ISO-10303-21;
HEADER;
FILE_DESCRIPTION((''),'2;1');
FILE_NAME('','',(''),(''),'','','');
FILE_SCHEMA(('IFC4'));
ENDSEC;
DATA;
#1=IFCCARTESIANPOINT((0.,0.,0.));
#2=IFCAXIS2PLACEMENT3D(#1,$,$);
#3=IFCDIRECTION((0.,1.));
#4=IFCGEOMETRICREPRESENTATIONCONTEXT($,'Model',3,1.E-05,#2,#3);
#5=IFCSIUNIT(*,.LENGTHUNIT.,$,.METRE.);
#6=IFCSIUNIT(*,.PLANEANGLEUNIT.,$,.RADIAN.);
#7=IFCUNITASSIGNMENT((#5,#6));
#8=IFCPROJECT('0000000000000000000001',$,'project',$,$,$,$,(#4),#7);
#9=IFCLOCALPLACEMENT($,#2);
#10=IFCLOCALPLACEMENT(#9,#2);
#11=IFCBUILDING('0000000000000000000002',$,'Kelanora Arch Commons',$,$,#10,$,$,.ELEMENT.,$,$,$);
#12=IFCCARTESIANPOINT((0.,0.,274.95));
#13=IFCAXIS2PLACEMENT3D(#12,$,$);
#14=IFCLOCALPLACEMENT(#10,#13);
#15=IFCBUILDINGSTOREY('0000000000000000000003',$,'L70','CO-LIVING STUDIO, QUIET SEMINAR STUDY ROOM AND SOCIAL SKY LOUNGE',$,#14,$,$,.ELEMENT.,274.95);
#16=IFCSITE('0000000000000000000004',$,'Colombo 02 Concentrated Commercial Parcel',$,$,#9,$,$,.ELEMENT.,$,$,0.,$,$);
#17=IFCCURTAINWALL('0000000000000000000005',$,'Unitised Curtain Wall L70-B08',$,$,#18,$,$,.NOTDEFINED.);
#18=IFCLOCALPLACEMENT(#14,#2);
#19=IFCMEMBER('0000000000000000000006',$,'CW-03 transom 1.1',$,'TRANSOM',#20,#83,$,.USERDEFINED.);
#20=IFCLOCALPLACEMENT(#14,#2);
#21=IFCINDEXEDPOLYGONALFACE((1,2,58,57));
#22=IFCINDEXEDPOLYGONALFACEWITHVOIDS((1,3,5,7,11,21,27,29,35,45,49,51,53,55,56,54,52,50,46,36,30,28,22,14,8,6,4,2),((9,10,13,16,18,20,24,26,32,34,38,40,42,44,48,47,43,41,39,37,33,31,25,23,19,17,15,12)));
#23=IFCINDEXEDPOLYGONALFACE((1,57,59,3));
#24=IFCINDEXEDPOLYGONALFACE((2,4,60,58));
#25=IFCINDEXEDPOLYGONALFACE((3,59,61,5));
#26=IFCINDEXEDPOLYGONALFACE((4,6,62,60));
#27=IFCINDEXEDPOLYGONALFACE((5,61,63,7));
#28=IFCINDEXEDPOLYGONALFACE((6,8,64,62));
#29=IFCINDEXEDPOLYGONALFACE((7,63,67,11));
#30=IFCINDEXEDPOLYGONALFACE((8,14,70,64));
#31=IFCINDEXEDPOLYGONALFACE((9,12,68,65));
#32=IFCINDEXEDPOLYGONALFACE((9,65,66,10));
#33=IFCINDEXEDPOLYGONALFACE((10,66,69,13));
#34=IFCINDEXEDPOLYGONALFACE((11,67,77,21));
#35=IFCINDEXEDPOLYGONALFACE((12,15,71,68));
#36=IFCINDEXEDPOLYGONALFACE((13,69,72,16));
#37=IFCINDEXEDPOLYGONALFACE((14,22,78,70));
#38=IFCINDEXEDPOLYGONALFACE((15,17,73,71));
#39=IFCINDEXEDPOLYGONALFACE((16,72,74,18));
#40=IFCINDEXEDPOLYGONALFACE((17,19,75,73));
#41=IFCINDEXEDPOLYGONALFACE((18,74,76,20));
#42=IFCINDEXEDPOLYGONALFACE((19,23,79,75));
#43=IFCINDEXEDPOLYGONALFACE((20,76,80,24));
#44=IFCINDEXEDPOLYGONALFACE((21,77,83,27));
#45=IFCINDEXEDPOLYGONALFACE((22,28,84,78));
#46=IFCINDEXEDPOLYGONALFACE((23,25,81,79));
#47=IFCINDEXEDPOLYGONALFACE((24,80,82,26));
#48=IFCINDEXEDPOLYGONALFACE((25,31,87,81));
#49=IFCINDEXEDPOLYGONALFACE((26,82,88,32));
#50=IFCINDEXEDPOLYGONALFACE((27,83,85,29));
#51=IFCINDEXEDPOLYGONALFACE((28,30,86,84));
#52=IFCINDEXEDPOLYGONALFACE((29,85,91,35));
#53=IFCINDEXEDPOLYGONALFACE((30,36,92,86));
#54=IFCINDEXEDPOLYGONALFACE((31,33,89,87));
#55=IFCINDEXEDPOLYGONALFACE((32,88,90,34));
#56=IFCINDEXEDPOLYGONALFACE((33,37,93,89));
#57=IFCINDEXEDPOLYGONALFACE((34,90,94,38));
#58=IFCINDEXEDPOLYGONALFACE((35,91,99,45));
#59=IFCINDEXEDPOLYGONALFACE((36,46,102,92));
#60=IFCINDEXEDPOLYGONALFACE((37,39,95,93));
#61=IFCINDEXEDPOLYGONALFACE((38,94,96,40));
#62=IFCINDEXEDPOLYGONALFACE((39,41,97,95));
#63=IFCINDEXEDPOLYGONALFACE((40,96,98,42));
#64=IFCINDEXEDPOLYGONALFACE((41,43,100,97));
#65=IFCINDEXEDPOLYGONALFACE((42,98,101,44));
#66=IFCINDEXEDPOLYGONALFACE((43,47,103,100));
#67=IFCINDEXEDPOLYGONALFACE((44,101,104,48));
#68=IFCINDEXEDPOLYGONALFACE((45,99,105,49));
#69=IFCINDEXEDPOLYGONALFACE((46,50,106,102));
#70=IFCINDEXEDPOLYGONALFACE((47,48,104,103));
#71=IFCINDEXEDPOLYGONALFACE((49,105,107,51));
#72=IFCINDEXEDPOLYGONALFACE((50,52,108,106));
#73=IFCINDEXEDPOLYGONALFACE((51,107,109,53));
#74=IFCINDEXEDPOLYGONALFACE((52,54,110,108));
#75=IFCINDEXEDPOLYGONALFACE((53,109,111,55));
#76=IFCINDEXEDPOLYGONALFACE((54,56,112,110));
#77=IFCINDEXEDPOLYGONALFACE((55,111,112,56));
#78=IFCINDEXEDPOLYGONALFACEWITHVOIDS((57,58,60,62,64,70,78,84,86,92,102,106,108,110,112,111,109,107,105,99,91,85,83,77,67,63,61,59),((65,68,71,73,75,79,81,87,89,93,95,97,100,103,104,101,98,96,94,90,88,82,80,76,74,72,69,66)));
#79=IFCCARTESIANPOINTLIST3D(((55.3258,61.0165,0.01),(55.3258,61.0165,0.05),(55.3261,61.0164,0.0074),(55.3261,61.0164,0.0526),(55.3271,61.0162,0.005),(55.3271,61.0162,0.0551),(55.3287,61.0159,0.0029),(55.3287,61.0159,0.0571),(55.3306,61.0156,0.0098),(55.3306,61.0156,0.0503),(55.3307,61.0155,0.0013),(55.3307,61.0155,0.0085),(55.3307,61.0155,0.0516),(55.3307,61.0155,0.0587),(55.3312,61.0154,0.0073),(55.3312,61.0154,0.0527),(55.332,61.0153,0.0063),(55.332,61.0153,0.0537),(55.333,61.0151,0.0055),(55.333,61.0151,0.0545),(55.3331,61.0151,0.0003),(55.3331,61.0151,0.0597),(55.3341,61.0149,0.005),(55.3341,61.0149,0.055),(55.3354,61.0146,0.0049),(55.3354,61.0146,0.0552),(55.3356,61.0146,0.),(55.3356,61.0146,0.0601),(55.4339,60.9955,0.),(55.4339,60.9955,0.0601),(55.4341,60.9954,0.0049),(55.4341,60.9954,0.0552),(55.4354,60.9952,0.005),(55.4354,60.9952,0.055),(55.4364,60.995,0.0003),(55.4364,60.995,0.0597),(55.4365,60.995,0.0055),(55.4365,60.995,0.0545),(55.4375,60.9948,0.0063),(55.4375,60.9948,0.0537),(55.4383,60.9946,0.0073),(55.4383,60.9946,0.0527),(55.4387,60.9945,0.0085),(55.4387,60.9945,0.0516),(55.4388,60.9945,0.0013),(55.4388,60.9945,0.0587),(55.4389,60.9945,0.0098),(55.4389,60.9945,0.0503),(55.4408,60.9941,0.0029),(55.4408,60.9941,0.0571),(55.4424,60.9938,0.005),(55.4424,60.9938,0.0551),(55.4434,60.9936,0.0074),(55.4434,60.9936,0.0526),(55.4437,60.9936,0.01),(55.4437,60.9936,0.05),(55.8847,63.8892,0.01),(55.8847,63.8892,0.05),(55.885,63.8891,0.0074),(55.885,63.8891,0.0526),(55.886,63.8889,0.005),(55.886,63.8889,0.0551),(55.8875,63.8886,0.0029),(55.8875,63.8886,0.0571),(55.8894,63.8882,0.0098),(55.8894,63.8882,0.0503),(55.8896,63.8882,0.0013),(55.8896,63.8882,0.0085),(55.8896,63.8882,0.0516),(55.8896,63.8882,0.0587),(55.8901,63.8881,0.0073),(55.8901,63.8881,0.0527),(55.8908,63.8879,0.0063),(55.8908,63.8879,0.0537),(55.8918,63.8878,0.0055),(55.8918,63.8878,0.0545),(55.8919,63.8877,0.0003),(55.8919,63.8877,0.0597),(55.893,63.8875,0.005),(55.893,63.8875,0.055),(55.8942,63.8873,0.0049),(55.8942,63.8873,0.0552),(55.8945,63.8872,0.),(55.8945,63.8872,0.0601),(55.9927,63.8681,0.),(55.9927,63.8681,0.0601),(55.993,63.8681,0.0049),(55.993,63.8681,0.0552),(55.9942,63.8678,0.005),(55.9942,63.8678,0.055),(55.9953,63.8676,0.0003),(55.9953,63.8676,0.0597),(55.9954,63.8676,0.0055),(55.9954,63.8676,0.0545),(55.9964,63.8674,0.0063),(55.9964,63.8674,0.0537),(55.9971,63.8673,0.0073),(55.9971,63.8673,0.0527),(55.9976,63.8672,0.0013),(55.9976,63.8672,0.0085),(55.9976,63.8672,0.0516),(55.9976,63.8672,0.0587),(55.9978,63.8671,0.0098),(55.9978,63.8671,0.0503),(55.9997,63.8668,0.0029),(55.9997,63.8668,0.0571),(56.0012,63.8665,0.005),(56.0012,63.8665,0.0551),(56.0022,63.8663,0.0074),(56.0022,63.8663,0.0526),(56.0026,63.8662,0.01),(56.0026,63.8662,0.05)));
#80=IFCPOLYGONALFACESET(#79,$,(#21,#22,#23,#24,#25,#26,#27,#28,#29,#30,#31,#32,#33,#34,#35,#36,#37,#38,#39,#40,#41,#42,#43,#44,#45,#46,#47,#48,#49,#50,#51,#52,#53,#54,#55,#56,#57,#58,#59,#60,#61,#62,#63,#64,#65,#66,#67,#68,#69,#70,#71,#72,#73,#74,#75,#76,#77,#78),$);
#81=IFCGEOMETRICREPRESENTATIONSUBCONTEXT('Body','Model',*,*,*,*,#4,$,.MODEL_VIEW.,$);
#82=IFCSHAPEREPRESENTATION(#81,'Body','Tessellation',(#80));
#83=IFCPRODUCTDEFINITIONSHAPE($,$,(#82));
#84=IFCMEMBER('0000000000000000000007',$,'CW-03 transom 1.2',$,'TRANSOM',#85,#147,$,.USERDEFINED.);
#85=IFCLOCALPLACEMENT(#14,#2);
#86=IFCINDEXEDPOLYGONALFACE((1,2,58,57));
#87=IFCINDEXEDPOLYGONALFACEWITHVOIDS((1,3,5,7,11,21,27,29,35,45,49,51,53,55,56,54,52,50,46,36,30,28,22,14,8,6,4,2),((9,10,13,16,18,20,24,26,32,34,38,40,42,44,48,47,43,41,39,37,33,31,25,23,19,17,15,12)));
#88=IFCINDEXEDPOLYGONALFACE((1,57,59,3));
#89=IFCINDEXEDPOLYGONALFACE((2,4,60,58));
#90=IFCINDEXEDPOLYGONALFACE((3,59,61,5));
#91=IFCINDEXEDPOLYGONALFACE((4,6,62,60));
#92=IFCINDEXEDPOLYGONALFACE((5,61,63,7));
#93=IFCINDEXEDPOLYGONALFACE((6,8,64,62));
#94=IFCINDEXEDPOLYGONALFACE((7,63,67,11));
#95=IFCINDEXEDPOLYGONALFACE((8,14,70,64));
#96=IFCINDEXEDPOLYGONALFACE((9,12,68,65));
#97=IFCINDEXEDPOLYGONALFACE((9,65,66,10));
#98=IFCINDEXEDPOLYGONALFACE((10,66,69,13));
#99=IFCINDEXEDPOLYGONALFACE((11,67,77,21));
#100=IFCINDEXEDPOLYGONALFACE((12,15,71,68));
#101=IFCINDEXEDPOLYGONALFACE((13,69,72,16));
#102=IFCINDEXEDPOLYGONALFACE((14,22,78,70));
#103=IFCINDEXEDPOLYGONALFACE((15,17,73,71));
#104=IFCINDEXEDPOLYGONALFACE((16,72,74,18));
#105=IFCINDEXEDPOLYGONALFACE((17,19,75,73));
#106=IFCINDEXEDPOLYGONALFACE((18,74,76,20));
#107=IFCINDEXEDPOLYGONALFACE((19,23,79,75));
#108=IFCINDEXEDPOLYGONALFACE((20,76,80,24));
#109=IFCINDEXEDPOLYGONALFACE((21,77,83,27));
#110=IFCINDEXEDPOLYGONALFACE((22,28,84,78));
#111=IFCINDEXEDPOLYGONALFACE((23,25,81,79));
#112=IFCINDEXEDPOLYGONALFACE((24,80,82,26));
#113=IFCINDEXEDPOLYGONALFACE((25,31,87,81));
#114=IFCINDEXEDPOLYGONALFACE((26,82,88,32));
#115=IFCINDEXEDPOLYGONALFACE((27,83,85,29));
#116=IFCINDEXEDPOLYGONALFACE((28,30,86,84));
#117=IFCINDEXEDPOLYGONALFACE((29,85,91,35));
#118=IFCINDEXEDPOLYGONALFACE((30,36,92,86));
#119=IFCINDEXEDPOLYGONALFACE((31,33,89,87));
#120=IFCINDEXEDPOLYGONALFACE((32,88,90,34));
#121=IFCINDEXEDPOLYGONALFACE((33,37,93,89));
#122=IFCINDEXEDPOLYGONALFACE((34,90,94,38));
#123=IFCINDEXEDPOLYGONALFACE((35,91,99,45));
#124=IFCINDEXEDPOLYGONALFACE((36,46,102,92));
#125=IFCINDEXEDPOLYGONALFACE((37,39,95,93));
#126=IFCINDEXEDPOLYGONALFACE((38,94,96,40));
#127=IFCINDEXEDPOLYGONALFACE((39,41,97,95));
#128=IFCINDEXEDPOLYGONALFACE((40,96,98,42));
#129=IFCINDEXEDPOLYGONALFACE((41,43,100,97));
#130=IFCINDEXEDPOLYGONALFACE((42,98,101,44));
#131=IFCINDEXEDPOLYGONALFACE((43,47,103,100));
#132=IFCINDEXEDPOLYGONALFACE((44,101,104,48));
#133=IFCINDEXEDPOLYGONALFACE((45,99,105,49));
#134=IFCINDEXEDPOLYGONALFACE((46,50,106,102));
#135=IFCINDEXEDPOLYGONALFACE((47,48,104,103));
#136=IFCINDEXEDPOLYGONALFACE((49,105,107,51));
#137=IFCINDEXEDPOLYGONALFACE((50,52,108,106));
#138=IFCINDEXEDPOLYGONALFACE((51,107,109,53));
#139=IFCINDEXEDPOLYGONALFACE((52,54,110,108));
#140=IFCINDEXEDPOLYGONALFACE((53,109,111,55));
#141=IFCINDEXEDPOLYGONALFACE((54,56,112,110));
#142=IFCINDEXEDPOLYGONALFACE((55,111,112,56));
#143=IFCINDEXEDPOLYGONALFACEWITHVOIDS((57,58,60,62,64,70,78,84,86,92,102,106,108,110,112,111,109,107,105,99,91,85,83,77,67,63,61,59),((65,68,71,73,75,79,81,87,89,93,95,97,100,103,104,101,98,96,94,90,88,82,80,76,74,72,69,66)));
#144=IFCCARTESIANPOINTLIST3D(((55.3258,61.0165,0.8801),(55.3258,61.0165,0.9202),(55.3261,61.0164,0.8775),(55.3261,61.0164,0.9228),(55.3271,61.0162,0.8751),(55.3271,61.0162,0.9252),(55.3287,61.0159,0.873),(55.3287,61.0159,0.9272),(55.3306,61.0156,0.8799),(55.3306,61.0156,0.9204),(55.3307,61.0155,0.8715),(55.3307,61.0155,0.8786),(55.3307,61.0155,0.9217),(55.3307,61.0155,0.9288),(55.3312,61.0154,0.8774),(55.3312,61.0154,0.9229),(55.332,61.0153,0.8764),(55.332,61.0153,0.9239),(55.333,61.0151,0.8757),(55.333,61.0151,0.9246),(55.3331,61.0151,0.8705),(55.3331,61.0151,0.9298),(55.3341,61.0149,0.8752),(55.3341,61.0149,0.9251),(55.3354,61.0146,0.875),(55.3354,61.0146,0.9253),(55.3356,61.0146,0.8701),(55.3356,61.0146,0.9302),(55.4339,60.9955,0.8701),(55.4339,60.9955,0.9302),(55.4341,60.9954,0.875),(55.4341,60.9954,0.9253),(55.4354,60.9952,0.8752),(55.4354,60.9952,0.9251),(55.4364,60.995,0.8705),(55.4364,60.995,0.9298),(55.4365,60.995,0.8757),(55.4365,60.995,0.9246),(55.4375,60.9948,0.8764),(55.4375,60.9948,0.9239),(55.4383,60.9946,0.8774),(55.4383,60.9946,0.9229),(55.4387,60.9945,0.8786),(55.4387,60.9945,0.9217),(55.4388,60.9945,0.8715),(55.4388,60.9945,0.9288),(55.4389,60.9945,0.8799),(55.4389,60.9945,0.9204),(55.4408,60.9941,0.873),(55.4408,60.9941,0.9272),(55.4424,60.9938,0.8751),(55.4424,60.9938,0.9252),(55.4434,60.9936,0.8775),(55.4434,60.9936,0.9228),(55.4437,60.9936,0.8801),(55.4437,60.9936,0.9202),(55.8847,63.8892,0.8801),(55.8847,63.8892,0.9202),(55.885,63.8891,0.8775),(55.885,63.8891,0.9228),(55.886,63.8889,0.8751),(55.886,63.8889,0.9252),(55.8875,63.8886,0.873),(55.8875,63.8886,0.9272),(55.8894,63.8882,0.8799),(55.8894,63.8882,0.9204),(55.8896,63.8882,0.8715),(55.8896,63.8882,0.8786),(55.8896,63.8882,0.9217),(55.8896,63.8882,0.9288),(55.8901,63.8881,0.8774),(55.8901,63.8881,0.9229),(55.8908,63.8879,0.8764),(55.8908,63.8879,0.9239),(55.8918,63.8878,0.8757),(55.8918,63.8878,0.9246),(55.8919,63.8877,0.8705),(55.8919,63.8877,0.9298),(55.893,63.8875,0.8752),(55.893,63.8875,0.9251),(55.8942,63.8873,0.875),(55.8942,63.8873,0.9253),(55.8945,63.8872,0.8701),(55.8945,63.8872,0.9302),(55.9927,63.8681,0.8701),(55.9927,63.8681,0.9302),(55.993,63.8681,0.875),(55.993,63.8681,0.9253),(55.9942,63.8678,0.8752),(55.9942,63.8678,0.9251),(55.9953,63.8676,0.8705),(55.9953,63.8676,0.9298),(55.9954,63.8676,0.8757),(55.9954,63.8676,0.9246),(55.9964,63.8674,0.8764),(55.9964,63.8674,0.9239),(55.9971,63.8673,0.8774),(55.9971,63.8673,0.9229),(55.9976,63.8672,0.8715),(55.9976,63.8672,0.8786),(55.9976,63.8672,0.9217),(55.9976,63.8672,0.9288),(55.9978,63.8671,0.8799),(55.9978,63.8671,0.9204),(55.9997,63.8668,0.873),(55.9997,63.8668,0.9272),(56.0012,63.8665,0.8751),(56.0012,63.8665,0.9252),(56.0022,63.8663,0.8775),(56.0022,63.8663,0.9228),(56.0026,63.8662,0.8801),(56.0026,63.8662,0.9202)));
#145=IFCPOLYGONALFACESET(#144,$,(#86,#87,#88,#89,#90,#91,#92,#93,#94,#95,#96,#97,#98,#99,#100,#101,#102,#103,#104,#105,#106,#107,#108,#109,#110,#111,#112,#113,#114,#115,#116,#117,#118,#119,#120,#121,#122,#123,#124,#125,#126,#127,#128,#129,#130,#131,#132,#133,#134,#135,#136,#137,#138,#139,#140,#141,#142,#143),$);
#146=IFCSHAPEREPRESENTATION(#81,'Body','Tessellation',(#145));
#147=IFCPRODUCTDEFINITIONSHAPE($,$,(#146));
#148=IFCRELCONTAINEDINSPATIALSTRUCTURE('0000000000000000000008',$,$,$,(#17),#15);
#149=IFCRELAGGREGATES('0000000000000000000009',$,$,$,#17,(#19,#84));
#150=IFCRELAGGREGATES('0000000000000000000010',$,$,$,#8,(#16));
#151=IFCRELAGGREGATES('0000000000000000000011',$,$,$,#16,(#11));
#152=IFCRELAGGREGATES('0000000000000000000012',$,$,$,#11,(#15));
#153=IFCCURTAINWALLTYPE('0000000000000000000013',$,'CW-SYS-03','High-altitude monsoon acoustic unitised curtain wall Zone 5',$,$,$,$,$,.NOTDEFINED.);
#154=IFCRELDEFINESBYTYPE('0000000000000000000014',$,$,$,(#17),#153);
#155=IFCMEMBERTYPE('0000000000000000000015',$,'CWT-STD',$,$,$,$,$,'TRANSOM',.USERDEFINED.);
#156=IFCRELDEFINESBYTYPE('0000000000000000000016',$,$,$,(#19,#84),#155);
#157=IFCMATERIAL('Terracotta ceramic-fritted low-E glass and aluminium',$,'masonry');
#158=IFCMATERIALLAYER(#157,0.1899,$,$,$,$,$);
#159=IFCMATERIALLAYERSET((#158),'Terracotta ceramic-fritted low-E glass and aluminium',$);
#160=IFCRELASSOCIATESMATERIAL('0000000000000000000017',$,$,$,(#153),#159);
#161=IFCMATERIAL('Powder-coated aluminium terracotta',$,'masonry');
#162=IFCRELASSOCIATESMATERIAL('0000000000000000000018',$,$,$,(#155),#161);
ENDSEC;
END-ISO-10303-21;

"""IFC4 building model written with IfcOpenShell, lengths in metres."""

from ifc_helpers import new_model, si_unit, direction, frame, origin, origin_2d, place, context, subcontext, project, spatial, hollow_rectangle, extrude, material, layer, layer_set, material_profile, profile_set, type_object, element, aggregate, save


model = new_model("IFC4")

# Units and contexts
model_context = context("Model", 3, precision=1e-05, world=origin(), true_north=direction((0.0, 1.0)))
body_context = subcontext(model_context, "Body", "Model", "MODEL_VIEW")
ifc_project = project(units=[si_unit("LENGTHUNIT", "METRE"), si_unit("PLANEANGLEUNIT", "RADIAN")], contexts=[model_context])

# Site, building, storey
site_placement = place(None, origin())
site = spatial("IfcSite", under=ifc_project, at=site_placement, Name="Colombo 02 Concentrated Commercial Parcel", CompositionType="ELEMENT", RefElevation=0.0)
building_placement = place(site_placement, origin())
building = spatial("IfcBuilding", under=site, at=building_placement, Name="Kelanora Arch Commons", CompositionType="ELEMENT")
storey_placement = place(building_placement, frame((0.0, 0.0, 274.95)))
storey = spatial("IfcBuildingStorey", under=building, at=storey_placement, Name="L70", Description="CO-LIVING STUDIO, QUIET SEMINAR STUDY ROOM AND SOCIAL SKY LOUNGE", CompositionType="ELEMENT", Elevation=274.95)

# Curtain wall, members
ifc_material_1 = material(Name="Terracotta ceramic-fritted low-E glass and aluminium", Category="masonry")
ifc_layer_1 = layer(ifc_material_1, 0.1899)
ifc_layer_set_1 = layer_set([ifc_layer_1], Name="Terracotta ceramic-fritted low-E glass and aluminium")
curtain_wall_type = type_object("IfcCurtainWallType", Name="CW-SYS-03", Description="High-altitude monsoon acoustic unitised curtain wall Zone 5", PredefinedType="NOTDEFINED", material=ifc_layer_set_1)
curtain_wall_placement = place(storey_placement, origin())
curtain_wall = element("IfcCurtainWall", 1, at=curtain_wall_placement, inside=storey, type_object=curtain_wall_type, Name="Unitised Curtain Wall L70-B08", PredefinedType="NOTDEFINED")
ifc_material_2 = material(Name="Powder-coated aluminium terracotta", Category="masonry")
ifc_material_profile_1 = material_profile(ifc_material_2, hollow_rectangle(XDim=0.1201, YDim=0.0601, WallThickness=0.0049, InnerFilletRadius=0.0049, OuterFilletRadius=0.01, at=origin_2d()), Name="CWT120x60")
ifc_profile_set_1 = profile_set([ifc_material_profile_1], Name="Powder-coated aluminium terracotta")
member_type_1 = type_object("IfcMemberType", Name="CWT-STD", ElementType="TRANSOM", PredefinedType="USERDEFINED", material=ifc_profile_set_1)
member_1_placement = place(storey_placement, frame((55.9436, 63.8777, 0.03), z_axis=(-0.190963, -0.981597, 0.0), x_axis=(0.981597, -0.190963, 0.0)))
member_1 = element("IfcMember", 2, at=member_1_placement, type_object=member_type_1, Name="CW-03 transom 1.1", ObjectType="TRANSOM", PredefinedType="USERDEFINED", context=body_context, shape_type="SweptSolid", body=[
    extrude(hollow_rectangle(XDim=0.1201, YDim=0.0601, WallThickness=0.0049, InnerFilletRadius=0.0049, OuterFilletRadius=0.01, at=origin_2d()), origin(), (0.0, 0.0, 1.0), 2.9265),
])
member_2_placement = place(storey_placement, frame((55.9436, 63.8777, 0.9001), z_axis=(-0.190963, -0.981597, 0.0), x_axis=(0.981597, -0.190963, 0.0)))
member_2 = element("IfcMember", 3, at=member_2_placement, type_object=member_type_1, Name="CW-03 transom 1.2", ObjectType="TRANSOM", PredefinedType="USERDEFINED", context=body_context, shape_type="SweptSolid", body=[
    extrude(hollow_rectangle(XDim=0.1201, YDim=0.0601, WallThickness=0.0049, InnerFilletRadius=0.0049, OuterFilletRadius=0.01, at=origin_2d()), origin(), (0.0, 0.0, 1.0), 2.9265),
])
aggregate(curtain_wall, [member_1, member_2])

save(model, "model.ifc")
